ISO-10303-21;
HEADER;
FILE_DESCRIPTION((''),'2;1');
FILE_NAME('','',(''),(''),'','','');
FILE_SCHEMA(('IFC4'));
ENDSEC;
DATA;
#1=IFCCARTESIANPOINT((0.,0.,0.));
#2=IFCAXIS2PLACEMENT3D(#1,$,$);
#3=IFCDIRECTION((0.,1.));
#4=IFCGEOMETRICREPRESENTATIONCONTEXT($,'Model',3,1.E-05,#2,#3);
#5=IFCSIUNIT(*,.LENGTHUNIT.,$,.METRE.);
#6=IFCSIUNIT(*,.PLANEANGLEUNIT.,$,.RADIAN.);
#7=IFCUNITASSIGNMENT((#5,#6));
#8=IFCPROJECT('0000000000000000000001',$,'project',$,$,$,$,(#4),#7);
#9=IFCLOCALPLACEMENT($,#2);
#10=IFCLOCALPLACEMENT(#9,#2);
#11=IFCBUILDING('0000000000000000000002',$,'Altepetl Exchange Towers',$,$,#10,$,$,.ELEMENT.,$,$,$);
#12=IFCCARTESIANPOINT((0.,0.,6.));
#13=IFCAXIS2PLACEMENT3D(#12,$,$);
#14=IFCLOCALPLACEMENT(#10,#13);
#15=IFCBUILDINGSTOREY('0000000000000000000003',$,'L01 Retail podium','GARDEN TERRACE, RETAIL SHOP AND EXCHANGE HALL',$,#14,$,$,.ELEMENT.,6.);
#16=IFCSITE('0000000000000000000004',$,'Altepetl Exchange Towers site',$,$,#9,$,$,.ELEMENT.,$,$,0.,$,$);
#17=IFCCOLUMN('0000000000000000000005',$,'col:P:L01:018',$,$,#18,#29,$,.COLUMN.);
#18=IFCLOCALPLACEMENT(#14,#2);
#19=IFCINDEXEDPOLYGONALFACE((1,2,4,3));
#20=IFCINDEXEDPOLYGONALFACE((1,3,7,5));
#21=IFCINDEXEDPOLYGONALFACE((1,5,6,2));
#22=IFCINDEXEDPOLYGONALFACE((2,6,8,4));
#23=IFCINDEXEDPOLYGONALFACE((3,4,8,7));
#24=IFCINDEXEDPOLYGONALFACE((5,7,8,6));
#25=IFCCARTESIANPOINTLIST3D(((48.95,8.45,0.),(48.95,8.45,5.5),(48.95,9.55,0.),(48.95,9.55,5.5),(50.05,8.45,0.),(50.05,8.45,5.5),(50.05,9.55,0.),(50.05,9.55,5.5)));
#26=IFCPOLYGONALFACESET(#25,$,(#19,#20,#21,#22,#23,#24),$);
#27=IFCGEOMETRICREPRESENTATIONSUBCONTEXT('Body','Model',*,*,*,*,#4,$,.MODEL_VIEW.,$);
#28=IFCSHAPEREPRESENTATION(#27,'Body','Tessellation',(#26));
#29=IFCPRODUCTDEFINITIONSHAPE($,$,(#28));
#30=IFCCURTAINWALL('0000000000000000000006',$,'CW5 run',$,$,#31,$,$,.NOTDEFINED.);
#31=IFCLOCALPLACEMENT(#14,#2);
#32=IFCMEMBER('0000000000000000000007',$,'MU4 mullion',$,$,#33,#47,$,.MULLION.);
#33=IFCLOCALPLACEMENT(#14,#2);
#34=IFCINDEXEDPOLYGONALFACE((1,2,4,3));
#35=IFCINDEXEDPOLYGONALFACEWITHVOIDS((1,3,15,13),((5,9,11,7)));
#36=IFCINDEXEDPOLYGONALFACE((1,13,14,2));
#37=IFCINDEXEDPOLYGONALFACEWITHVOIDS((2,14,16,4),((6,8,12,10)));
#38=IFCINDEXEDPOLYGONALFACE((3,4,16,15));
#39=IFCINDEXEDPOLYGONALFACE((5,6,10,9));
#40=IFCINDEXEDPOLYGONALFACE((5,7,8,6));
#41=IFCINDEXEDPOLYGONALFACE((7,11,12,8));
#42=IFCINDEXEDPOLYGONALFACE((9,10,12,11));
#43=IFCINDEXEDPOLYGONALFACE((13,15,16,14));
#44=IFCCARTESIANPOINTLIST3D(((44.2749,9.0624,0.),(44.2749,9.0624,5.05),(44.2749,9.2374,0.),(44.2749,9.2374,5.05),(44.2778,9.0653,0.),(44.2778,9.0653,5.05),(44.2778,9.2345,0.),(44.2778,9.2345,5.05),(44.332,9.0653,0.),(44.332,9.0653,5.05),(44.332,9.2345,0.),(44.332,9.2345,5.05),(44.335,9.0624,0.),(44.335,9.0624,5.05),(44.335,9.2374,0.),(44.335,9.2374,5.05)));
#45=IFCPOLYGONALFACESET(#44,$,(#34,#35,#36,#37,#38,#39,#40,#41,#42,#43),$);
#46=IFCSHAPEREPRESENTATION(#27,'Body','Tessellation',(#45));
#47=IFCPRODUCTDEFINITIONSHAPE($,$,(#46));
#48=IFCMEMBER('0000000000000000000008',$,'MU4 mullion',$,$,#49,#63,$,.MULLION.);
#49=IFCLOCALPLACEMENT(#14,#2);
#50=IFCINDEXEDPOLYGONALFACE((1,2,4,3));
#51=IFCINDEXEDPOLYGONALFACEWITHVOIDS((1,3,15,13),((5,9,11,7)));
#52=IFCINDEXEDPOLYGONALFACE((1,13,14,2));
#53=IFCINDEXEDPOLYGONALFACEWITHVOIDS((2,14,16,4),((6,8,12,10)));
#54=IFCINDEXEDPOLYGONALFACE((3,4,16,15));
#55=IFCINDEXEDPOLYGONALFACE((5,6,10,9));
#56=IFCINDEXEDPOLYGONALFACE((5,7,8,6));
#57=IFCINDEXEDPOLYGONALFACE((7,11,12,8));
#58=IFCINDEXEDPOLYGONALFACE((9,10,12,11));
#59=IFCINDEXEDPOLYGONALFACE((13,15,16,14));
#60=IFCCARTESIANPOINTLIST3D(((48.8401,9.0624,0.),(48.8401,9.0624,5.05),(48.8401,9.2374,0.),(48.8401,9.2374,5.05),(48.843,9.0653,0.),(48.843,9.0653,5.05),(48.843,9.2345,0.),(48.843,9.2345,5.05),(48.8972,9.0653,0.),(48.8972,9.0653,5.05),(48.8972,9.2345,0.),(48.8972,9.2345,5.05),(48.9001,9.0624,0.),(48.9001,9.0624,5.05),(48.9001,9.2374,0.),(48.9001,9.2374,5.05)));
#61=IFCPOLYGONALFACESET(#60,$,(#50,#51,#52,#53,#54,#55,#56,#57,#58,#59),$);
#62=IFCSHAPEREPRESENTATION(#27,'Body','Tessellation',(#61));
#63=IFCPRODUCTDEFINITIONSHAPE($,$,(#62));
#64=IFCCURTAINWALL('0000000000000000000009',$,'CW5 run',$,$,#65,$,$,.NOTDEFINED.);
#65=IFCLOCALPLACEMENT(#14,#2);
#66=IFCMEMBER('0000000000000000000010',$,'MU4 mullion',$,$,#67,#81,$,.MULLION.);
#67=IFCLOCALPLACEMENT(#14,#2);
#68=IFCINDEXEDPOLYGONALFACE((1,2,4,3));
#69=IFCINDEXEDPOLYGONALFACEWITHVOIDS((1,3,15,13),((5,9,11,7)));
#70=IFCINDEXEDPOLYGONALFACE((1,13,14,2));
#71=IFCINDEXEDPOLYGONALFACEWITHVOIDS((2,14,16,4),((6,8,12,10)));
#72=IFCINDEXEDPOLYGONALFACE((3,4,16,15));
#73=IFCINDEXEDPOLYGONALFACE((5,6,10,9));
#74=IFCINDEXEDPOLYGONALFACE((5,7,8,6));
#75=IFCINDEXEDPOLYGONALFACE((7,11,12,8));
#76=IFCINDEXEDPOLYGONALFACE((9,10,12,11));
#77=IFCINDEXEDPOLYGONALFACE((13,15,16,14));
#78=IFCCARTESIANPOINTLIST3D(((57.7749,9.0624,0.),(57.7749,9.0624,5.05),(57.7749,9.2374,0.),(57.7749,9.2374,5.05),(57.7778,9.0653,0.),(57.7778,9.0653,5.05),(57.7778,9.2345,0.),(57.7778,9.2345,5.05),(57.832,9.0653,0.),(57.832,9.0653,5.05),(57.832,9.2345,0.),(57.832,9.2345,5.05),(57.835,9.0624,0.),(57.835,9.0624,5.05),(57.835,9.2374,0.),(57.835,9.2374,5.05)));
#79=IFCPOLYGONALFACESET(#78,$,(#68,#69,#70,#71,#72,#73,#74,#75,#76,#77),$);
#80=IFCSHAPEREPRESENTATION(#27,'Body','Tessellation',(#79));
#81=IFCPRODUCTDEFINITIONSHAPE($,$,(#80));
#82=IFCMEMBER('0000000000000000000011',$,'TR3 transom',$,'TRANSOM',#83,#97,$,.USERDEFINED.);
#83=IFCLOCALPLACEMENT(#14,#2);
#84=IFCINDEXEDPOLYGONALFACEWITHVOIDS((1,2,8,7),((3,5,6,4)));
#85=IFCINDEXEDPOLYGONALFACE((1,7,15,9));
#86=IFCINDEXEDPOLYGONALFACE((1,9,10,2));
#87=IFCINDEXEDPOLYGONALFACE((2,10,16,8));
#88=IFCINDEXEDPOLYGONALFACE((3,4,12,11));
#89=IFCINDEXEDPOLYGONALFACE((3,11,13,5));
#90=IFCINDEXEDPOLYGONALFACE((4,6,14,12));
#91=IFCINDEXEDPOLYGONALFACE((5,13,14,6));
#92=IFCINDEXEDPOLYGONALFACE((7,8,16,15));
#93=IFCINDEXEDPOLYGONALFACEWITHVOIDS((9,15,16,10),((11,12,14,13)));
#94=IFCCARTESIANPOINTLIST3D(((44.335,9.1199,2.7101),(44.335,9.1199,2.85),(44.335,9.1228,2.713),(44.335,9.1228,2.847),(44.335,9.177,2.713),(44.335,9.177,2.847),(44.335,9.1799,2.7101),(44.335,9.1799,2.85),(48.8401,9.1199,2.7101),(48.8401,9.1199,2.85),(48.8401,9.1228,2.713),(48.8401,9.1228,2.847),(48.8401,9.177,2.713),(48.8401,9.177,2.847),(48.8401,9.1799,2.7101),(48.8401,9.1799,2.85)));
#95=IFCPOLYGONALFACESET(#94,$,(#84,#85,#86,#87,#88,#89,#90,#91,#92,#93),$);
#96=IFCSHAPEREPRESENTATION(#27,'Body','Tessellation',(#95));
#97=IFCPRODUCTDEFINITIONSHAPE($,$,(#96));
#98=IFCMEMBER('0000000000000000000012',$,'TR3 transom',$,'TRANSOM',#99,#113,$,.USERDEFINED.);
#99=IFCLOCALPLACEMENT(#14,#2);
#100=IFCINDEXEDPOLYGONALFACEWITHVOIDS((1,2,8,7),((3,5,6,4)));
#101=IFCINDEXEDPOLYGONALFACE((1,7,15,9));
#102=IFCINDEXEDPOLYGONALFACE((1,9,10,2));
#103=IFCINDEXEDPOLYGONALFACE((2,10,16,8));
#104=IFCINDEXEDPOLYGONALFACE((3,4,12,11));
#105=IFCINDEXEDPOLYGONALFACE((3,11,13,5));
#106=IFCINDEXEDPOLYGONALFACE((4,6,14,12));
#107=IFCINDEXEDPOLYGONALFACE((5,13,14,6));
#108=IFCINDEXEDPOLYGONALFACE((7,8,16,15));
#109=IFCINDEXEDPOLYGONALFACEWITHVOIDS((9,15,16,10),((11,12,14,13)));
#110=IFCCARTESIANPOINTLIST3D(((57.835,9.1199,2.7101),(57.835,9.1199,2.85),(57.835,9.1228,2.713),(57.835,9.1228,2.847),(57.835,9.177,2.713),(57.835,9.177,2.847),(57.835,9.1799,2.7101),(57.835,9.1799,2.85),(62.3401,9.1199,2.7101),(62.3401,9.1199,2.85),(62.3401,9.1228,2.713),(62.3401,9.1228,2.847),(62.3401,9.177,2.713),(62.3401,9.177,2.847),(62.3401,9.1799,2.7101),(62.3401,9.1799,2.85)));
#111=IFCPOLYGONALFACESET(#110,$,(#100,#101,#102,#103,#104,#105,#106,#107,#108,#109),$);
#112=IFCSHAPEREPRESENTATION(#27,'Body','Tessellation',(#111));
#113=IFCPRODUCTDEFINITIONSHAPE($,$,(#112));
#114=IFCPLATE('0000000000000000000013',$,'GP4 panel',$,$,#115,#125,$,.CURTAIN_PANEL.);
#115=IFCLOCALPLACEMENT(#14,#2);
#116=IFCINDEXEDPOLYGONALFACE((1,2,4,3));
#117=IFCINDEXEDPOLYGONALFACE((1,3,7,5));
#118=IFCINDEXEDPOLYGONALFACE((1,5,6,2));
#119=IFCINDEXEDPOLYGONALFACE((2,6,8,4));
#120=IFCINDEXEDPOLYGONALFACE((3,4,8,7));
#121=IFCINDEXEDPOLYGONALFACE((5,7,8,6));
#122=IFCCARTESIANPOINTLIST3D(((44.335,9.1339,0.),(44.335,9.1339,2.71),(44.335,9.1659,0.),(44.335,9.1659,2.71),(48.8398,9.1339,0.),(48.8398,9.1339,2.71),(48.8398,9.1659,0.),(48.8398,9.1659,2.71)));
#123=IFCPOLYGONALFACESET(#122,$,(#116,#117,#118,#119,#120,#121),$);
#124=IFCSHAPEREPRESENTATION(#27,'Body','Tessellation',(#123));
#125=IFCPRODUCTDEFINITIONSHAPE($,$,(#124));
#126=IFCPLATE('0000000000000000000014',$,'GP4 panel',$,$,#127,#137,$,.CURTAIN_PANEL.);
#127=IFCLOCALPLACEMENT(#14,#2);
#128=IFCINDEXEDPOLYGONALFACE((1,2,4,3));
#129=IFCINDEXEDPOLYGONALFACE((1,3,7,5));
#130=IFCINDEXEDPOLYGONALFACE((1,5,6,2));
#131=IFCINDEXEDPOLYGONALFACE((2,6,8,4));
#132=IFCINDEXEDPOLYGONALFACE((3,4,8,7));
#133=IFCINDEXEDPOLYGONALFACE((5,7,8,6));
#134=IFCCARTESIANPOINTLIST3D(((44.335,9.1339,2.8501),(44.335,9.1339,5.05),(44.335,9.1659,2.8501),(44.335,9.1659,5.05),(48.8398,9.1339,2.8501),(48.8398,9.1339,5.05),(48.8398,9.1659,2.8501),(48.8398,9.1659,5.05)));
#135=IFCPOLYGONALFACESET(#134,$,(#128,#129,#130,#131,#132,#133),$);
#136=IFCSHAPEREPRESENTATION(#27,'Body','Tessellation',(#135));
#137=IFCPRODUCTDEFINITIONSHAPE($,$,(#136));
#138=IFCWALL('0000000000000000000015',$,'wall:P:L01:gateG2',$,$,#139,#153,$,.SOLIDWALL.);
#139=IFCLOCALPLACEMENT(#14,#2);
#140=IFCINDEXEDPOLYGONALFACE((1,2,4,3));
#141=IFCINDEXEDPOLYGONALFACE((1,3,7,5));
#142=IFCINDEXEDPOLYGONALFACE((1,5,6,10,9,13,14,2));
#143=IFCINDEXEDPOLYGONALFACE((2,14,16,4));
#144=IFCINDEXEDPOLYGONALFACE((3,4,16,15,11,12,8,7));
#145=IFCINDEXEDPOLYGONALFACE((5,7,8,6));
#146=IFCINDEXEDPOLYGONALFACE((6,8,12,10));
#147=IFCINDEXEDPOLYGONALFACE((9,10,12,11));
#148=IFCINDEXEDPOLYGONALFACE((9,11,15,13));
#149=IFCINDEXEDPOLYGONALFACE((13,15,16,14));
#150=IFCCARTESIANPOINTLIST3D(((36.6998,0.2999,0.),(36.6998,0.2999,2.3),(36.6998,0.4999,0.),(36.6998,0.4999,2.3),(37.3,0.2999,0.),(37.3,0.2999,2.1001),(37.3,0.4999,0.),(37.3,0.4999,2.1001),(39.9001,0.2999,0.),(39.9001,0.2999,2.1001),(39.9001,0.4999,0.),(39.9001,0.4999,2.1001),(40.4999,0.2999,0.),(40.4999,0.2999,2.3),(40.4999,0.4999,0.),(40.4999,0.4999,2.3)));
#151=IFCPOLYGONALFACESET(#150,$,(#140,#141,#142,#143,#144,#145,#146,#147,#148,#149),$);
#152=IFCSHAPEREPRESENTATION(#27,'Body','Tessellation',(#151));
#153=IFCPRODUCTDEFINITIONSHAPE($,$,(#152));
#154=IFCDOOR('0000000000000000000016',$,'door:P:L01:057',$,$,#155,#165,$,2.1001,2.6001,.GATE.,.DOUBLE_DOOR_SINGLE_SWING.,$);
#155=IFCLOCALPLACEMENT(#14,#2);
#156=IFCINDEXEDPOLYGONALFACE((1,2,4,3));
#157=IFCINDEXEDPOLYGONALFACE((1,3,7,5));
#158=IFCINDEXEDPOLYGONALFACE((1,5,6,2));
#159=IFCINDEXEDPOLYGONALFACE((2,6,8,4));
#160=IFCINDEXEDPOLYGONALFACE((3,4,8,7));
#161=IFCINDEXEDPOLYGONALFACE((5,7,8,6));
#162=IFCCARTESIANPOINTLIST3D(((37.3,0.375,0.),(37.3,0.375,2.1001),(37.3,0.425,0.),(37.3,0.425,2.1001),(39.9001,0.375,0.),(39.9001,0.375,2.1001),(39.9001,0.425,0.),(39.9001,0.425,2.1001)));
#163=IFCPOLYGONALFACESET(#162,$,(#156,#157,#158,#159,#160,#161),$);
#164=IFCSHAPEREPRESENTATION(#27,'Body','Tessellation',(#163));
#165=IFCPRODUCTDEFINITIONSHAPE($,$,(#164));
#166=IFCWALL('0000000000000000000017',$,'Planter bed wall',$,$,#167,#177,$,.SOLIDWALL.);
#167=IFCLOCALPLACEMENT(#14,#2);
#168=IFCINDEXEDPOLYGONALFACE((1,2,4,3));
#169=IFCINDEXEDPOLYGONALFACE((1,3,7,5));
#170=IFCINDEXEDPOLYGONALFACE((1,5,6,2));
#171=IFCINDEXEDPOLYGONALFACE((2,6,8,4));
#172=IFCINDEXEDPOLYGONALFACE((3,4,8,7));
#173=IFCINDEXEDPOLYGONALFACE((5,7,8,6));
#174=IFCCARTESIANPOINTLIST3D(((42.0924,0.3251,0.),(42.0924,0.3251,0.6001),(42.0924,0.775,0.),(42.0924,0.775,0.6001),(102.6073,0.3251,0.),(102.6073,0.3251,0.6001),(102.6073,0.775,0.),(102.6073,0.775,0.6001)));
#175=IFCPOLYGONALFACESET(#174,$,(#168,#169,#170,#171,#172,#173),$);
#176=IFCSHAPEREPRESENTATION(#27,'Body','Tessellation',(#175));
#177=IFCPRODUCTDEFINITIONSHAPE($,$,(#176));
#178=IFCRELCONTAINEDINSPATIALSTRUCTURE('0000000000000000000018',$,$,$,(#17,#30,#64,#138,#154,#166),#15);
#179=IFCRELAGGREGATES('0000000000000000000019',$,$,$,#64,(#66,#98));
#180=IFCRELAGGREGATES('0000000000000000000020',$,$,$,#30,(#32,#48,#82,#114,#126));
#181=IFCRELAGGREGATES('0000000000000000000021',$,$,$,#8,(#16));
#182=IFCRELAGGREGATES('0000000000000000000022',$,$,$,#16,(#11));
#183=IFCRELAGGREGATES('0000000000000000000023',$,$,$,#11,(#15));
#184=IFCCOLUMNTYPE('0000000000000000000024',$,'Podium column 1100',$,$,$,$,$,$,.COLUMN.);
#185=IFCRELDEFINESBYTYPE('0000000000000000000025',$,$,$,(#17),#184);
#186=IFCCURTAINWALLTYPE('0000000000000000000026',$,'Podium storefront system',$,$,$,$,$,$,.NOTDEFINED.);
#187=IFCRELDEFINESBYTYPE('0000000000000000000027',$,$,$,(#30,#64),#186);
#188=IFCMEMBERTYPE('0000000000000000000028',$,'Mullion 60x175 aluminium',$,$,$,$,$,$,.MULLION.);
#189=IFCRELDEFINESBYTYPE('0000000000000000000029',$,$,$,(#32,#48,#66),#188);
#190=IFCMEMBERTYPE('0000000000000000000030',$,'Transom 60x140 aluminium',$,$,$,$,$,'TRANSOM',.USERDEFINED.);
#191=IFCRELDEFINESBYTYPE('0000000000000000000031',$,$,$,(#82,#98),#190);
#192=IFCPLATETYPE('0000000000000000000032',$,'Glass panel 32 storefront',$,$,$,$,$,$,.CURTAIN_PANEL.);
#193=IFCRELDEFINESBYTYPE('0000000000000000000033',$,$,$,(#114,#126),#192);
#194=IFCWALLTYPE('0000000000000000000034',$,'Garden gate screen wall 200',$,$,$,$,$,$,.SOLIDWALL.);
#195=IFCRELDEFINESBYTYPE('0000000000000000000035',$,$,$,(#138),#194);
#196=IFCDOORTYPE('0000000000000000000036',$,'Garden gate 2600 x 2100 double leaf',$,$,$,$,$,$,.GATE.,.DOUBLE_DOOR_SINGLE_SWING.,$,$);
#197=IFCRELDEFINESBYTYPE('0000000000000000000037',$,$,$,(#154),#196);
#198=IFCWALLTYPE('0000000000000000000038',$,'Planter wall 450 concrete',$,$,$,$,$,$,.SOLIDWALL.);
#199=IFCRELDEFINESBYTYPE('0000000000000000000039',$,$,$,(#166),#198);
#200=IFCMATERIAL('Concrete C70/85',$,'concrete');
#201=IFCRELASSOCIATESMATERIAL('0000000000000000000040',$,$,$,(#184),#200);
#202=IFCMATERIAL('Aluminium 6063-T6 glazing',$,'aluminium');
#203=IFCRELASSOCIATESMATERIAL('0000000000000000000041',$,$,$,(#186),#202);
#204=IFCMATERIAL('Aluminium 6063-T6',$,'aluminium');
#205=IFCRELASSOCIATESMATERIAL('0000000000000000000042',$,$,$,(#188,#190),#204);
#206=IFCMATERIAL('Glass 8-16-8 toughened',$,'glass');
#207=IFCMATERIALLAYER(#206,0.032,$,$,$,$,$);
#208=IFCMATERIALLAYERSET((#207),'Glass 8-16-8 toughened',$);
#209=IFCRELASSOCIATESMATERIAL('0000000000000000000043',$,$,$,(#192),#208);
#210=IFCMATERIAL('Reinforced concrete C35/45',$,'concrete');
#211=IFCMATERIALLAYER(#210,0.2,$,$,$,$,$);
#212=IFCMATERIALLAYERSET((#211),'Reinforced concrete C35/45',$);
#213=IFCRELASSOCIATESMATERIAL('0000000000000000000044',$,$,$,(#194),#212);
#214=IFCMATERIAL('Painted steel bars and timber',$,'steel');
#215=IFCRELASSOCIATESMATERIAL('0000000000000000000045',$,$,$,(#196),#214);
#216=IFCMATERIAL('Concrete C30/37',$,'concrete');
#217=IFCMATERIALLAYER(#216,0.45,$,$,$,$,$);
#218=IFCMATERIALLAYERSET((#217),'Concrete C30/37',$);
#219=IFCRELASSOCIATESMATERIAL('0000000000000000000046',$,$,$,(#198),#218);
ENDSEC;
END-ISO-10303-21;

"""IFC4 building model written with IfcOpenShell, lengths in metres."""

from ifc_helpers import new_model, si_unit, direction, frame, frame_2d, origin, origin_2d, place, context, subcontext, project, spatial, rectangle, hollow_rectangle, extrude, material, layer, layer_set, material_profile, profile_set, type_object, element, fill, aggregate, save


model = new_model("IFC4")

# Units and contexts
model_context = context("Model", 3, precision=1e-05, world=origin(), true_north=direction((0.0, 1.0)))
body_context = subcontext(model_context, "Body", "Model", "MODEL_VIEW")
ifc_project = project(units=[si_unit("LENGTHUNIT", "METRE"), si_unit("PLANEANGLEUNIT", "RADIAN")], contexts=[model_context])

# Site, building, storey
site_placement = place(None, origin())
site = spatial("IfcSite", under=ifc_project, at=site_placement, Name="Altepetl Exchange Towers site", CompositionType="ELEMENT", RefElevation=0.0)
building_placement = place(site_placement, origin())
building = spatial("IfcBuilding", under=site, at=building_placement, Name="Altepetl Exchange Towers", CompositionType="ELEMENT")
storey_placement = place(building_placement, frame((0.0, 0.0, 6.0)))
storey = spatial("IfcBuildingStorey", under=building, at=storey_placement, Name="L01 Retail podium", Description="GARDEN TERRACE, RETAIL SHOP AND EXCHANGE HALL", CompositionType="ELEMENT", Elevation=6.0)

# Column
ifc_material_1 = material(Name="Concrete C70/85", Category="concrete")
ifc_material_profile_1 = material_profile(ifc_material_1, rectangle(XDim=1.1001, YDim=1.1001, at=origin_2d()), Name="1100 x 1100")
ifc_profile_set_1 = profile_set([ifc_material_profile_1], Name="Concrete C70/85")
column_type = type_object("IfcColumnType", Name="Podium column 1100", PredefinedType="COLUMN", material=ifc_profile_set_1)
column_placement = place(storey_placement, frame((49.5, 9.0, 0.0)))
element("IfcColumn", 1, at=column_placement, inside=storey, type_object=column_type, Name="col:P:L01:018", PredefinedType="COLUMN", context=body_context, shape_type="SweptSolid", body=[
    extrude(rectangle(XDim=1.1001, YDim=1.1001, at=origin_2d()), origin(), (0.0, 0.0, 1.0), 5.5),
])

# Curtain wall, members
ifc_material_2 = material(Name="Aluminium 6063-T6 glazing", Category="aluminium")
curtain_wall_type = type_object("IfcCurtainWallType", Name="Podium storefront system", PredefinedType="NOTDEFINED", material=ifc_material_2)
curtain_wall_1_placement = place(storey_placement, origin())
curtain_wall_1 = element("IfcCurtainWall", 2, at=curtain_wall_1_placement, inside=storey, type_object=curtain_wall_type, Name="CW5 run", PredefinedType="NOTDEFINED")
ifc_material_3 = material(Name="Aluminium 6063-T6", Category="aluminium")
ifc_material_profile_2 = material_profile(ifc_material_3, hollow_rectangle(XDim=0.0601, YDim=0.175, WallThickness=0.0029, at=origin_2d()), Name="Mullion 60x175 aluminium")
ifc_profile_set_2 = profile_set([ifc_material_profile_2], Name="Aluminium 6063-T6")
member_type_1 = type_object("IfcMemberType", Name="Mullion 60x175 aluminium", PredefinedType="MULLION", material=ifc_profile_set_2)
member_1_placement = place(storey_placement, frame((44.3049, 9.1499, 0.0)))
member_1 = element("IfcMember", 3, at=member_1_placement, type_object=member_type_1, Name="MU4 mullion", PredefinedType="MULLION", context=body_context, shape_type="SweptSolid", body=[
    extrude(hollow_rectangle(XDim=0.0601, YDim=0.175, WallThickness=0.0029, at=origin_2d()), origin(), (0.0, 0.0, 1.0), 5.05),
])
member_2_placement = place(storey_placement, frame((48.8701, 9.1499, 0.0)))
member_2 = element("IfcMember", 4, at=member_2_placement, type_object=member_type_1, Name="MU4 mullion", PredefinedType="MULLION", context=body_context, shape_type="SweptSolid", body=[
    extrude(hollow_rectangle(XDim=0.0601, YDim=0.175, WallThickness=0.0029, at=origin_2d()), origin(), (0.0, 0.0, 1.0), 5.05),
])

# Curtain wall, member
curtain_wall_2_placement = place(storey_placement, origin())
curtain_wall_2 = element("IfcCurtainWall", 5, at=curtain_wall_2_placement, inside=storey, type_object=curtain_wall_type, Name="CW5 run", PredefinedType="NOTDEFINED")
member_3_placement = place(storey_placement, frame((57.8049, 9.1499, 0.0)))
member_3 = element("IfcMember", 6, at=member_3_placement, type_object=member_type_1, Name="MU4 mullion", PredefinedType="MULLION", context=body_context, shape_type="SweptSolid", body=[
    extrude(hollow_rectangle(XDim=0.0601, YDim=0.175, WallThickness=0.0029, at=origin_2d()), origin(), (0.0, 0.0, 1.0), 5.05),
])

# Members
ifc_material_profile_3 = material_profile(ifc_material_3, hollow_rectangle(XDim=0.0601, YDim=0.1399, WallThickness=0.0029, at=origin_2d()), Name="Transom 60x140 aluminium")
ifc_profile_set_3 = profile_set([ifc_material_profile_3], Name="Aluminium 6063-T6")
member_type_2 = type_object("IfcMemberType", Name="Transom 60x140 aluminium", ElementType="TRANSOM", PredefinedType="USERDEFINED", material=ifc_profile_set_3)
member_4_placement = place(storey_placement, frame((44.335, 9.1499, 2.78), z_axis=(1.0, 0.0, 0.0), x_axis=(0.0, 1.0, 0.0)))
member_4 = element("IfcMember", 7, at=member_4_placement, type_object=member_type_2, Name="TR3 transom", ObjectType="TRANSOM", PredefinedType="USERDEFINED", context=body_context, shape_type="SweptSolid", body=[
    extrude(hollow_rectangle(XDim=0.0601, YDim=0.1399, WallThickness=0.0029, at=origin_2d()), origin(), (0.0, 0.0, 1.0), 4.5051),
])
member_5_placement = place(storey_placement, frame((57.835, 9.1499, 2.78), z_axis=(1.0, 0.0, 0.0), x_axis=(0.0, 1.0, 0.0)))
member_5 = element("IfcMember", 8, at=member_5_placement, type_object=member_type_2, Name="TR3 transom", ObjectType="TRANSOM", PredefinedType="USERDEFINED", context=body_context, shape_type="SweptSolid", body=[
    extrude(hollow_rectangle(XDim=0.0601, YDim=0.1399, WallThickness=0.0029, at=origin_2d()), origin(), (0.0, 0.0, 1.0), 4.5051),
])
aggregate(curtain_wall_2, [member_3, member_5])

# Plates
ifc_material_4 = material(Name="Glass 8-16-8 toughened", Category="glass")
ifc_layer_1 = layer(ifc_material_4, 0.032)
ifc_layer_set_1 = layer_set([ifc_layer_1], Name="Glass 8-16-8 toughened")
plate_type = type_object("IfcPlateType", Name="Glass panel 32 storefront", PredefinedType="CURTAIN_PANEL", material=ifc_layer_set_1)
plate_1_placement = place(storey_placement, frame((46.5874, 9.1499, 0.0)))
plate_1 = element("IfcPlate", 9, at=plate_1_placement, type_object=plate_type, Name="GP4 panel", PredefinedType="CURTAIN_PANEL", context=body_context, shape_type="SweptSolid", body=[
    extrude(rectangle(XDim=4.5049, YDim=0.032, at=origin_2d()), origin(), (0.0, 0.0, 1.0), 2.71),
])
plate_2_placement = place(storey_placement, frame((46.5874, 9.1499, 2.8501)))
plate_2 = element("IfcPlate", 10, at=plate_2_placement, type_object=plate_type, Name="GP4 panel", PredefinedType="CURTAIN_PANEL", context=body_context, shape_type="SweptSolid", body=[
    extrude(rectangle(XDim=4.5049, YDim=0.032, at=origin_2d()), origin(), (0.0, 0.0, 1.0), 2.2),
])
aggregate(curtain_wall_1, [member_1, member_2, member_4, plate_1, plate_2])

# Wall, opening, door
ifc_material_5 = material(Name="Reinforced concrete C35/45", Category="concrete")
ifc_layer_2 = layer(ifc_material_5, 0.2)
ifc_layer_set_2 = layer_set([ifc_layer_2], Name="Reinforced concrete C35/45")
wall_type_1 = type_object("IfcWallType", Name="Garden gate screen wall 200", PredefinedType="SOLIDWALL", material=ifc_layer_set_2)
wall_1_placement = place(storey_placement, frame((36.7, 0.3999, 0.0)))
wall_1 = element("IfcWall", 11, at=wall_1_placement, inside=storey, type_object=wall_type_1, Name="wall:P:L01:gateG2", PredefinedType="SOLIDWALL", context=body_context, shape_type="SweptSolid", body=[
    extrude(rectangle(XDim=3.8, YDim=0.2, at=frame_2d((1.8999, 0.0))), origin(), (0.0, 0.0, 1.0), 2.3),
])
opening_1_placement = place(wall_1_placement, frame((0.6001, 0.0, 0.0)))
opening_1 = element("IfcOpeningElement", 12, at=opening_1_placement, cuts=wall_1, PredefinedType="OPENING", context=body_context, shape_type="SweptSolid", body=[
    extrude(rectangle(XDim=2.6001, YDim=2.1001, at=frame_2d((1.3, 1.05))), frame((0.0, 0.1099, 0.0), z_axis=(0.0, -1.0, 0.0), x_axis=(1.0, 0.0, 0.0)), (0.0, 0.0, 1.0), 0.22),
])
ifc_material_6 = material(Name="Painted steel bars and timber", Category="steel")
door_type_1 = type_object("IfcDoorType", Name="Garden gate 2600 x 2100 double leaf", OperationType="DOUBLE_DOOR_SINGLE_SWING", PredefinedType="GATE", material=ifc_material_6)
door_1_placement = place(opening_1_placement, frame((2.6001, 0.0, 0.0), x_axis=(-1.0, 0.0, 0.0)))
door_1 = element("IfcDoor", 13, at=door_1_placement, inside=storey, type_object=door_type_1, Name="door:P:L01:057", OperationType="DOUBLE_DOOR_SINGLE_SWING", OverallHeight=2.1001, OverallWidth=2.6001, PredefinedType="GATE", context=body_context, shape_type="SweptSolid", body=[
    extrude(rectangle(XDim=2.6001, YDim=2.1001, at=frame_2d((1.3, 1.05))), frame((0.0, 0.0249, 0.0), z_axis=(0.0, -1.0, 0.0), x_axis=(1.0, 0.0, 0.0)), (0.0, 0.0, 1.0), 0.05),
])
fill(opening_1, door_1)

# Wall
ifc_material_7 = material(Name="Concrete C30/37", Category="concrete")
ifc_layer_3 = layer(ifc_material_7, 0.45)
ifc_layer_set_3 = layer_set([ifc_layer_3], Name="Concrete C30/37")
wall_type_2 = type_object("IfcWallType", Name="Planter wall 450 concrete", PredefinedType="SOLIDWALL", material=ifc_layer_set_3)
wall_2_placement = place(storey_placement, frame((42.0925, 0.55, 0.0)))
element("IfcWall", 14, at=wall_2_placement, inside=storey, type_object=wall_type_2, Name="Planter bed wall", PredefinedType="SOLIDWALL", context=body_context, shape_type="SweptSolid", body=[
    extrude(rectangle(XDim=60.5149, YDim=0.45, at=frame_2d((30.2573, 0.0))), origin(), (0.0, 0.0, 1.0), 0.6001),
])

save(model, "model.ifc")
